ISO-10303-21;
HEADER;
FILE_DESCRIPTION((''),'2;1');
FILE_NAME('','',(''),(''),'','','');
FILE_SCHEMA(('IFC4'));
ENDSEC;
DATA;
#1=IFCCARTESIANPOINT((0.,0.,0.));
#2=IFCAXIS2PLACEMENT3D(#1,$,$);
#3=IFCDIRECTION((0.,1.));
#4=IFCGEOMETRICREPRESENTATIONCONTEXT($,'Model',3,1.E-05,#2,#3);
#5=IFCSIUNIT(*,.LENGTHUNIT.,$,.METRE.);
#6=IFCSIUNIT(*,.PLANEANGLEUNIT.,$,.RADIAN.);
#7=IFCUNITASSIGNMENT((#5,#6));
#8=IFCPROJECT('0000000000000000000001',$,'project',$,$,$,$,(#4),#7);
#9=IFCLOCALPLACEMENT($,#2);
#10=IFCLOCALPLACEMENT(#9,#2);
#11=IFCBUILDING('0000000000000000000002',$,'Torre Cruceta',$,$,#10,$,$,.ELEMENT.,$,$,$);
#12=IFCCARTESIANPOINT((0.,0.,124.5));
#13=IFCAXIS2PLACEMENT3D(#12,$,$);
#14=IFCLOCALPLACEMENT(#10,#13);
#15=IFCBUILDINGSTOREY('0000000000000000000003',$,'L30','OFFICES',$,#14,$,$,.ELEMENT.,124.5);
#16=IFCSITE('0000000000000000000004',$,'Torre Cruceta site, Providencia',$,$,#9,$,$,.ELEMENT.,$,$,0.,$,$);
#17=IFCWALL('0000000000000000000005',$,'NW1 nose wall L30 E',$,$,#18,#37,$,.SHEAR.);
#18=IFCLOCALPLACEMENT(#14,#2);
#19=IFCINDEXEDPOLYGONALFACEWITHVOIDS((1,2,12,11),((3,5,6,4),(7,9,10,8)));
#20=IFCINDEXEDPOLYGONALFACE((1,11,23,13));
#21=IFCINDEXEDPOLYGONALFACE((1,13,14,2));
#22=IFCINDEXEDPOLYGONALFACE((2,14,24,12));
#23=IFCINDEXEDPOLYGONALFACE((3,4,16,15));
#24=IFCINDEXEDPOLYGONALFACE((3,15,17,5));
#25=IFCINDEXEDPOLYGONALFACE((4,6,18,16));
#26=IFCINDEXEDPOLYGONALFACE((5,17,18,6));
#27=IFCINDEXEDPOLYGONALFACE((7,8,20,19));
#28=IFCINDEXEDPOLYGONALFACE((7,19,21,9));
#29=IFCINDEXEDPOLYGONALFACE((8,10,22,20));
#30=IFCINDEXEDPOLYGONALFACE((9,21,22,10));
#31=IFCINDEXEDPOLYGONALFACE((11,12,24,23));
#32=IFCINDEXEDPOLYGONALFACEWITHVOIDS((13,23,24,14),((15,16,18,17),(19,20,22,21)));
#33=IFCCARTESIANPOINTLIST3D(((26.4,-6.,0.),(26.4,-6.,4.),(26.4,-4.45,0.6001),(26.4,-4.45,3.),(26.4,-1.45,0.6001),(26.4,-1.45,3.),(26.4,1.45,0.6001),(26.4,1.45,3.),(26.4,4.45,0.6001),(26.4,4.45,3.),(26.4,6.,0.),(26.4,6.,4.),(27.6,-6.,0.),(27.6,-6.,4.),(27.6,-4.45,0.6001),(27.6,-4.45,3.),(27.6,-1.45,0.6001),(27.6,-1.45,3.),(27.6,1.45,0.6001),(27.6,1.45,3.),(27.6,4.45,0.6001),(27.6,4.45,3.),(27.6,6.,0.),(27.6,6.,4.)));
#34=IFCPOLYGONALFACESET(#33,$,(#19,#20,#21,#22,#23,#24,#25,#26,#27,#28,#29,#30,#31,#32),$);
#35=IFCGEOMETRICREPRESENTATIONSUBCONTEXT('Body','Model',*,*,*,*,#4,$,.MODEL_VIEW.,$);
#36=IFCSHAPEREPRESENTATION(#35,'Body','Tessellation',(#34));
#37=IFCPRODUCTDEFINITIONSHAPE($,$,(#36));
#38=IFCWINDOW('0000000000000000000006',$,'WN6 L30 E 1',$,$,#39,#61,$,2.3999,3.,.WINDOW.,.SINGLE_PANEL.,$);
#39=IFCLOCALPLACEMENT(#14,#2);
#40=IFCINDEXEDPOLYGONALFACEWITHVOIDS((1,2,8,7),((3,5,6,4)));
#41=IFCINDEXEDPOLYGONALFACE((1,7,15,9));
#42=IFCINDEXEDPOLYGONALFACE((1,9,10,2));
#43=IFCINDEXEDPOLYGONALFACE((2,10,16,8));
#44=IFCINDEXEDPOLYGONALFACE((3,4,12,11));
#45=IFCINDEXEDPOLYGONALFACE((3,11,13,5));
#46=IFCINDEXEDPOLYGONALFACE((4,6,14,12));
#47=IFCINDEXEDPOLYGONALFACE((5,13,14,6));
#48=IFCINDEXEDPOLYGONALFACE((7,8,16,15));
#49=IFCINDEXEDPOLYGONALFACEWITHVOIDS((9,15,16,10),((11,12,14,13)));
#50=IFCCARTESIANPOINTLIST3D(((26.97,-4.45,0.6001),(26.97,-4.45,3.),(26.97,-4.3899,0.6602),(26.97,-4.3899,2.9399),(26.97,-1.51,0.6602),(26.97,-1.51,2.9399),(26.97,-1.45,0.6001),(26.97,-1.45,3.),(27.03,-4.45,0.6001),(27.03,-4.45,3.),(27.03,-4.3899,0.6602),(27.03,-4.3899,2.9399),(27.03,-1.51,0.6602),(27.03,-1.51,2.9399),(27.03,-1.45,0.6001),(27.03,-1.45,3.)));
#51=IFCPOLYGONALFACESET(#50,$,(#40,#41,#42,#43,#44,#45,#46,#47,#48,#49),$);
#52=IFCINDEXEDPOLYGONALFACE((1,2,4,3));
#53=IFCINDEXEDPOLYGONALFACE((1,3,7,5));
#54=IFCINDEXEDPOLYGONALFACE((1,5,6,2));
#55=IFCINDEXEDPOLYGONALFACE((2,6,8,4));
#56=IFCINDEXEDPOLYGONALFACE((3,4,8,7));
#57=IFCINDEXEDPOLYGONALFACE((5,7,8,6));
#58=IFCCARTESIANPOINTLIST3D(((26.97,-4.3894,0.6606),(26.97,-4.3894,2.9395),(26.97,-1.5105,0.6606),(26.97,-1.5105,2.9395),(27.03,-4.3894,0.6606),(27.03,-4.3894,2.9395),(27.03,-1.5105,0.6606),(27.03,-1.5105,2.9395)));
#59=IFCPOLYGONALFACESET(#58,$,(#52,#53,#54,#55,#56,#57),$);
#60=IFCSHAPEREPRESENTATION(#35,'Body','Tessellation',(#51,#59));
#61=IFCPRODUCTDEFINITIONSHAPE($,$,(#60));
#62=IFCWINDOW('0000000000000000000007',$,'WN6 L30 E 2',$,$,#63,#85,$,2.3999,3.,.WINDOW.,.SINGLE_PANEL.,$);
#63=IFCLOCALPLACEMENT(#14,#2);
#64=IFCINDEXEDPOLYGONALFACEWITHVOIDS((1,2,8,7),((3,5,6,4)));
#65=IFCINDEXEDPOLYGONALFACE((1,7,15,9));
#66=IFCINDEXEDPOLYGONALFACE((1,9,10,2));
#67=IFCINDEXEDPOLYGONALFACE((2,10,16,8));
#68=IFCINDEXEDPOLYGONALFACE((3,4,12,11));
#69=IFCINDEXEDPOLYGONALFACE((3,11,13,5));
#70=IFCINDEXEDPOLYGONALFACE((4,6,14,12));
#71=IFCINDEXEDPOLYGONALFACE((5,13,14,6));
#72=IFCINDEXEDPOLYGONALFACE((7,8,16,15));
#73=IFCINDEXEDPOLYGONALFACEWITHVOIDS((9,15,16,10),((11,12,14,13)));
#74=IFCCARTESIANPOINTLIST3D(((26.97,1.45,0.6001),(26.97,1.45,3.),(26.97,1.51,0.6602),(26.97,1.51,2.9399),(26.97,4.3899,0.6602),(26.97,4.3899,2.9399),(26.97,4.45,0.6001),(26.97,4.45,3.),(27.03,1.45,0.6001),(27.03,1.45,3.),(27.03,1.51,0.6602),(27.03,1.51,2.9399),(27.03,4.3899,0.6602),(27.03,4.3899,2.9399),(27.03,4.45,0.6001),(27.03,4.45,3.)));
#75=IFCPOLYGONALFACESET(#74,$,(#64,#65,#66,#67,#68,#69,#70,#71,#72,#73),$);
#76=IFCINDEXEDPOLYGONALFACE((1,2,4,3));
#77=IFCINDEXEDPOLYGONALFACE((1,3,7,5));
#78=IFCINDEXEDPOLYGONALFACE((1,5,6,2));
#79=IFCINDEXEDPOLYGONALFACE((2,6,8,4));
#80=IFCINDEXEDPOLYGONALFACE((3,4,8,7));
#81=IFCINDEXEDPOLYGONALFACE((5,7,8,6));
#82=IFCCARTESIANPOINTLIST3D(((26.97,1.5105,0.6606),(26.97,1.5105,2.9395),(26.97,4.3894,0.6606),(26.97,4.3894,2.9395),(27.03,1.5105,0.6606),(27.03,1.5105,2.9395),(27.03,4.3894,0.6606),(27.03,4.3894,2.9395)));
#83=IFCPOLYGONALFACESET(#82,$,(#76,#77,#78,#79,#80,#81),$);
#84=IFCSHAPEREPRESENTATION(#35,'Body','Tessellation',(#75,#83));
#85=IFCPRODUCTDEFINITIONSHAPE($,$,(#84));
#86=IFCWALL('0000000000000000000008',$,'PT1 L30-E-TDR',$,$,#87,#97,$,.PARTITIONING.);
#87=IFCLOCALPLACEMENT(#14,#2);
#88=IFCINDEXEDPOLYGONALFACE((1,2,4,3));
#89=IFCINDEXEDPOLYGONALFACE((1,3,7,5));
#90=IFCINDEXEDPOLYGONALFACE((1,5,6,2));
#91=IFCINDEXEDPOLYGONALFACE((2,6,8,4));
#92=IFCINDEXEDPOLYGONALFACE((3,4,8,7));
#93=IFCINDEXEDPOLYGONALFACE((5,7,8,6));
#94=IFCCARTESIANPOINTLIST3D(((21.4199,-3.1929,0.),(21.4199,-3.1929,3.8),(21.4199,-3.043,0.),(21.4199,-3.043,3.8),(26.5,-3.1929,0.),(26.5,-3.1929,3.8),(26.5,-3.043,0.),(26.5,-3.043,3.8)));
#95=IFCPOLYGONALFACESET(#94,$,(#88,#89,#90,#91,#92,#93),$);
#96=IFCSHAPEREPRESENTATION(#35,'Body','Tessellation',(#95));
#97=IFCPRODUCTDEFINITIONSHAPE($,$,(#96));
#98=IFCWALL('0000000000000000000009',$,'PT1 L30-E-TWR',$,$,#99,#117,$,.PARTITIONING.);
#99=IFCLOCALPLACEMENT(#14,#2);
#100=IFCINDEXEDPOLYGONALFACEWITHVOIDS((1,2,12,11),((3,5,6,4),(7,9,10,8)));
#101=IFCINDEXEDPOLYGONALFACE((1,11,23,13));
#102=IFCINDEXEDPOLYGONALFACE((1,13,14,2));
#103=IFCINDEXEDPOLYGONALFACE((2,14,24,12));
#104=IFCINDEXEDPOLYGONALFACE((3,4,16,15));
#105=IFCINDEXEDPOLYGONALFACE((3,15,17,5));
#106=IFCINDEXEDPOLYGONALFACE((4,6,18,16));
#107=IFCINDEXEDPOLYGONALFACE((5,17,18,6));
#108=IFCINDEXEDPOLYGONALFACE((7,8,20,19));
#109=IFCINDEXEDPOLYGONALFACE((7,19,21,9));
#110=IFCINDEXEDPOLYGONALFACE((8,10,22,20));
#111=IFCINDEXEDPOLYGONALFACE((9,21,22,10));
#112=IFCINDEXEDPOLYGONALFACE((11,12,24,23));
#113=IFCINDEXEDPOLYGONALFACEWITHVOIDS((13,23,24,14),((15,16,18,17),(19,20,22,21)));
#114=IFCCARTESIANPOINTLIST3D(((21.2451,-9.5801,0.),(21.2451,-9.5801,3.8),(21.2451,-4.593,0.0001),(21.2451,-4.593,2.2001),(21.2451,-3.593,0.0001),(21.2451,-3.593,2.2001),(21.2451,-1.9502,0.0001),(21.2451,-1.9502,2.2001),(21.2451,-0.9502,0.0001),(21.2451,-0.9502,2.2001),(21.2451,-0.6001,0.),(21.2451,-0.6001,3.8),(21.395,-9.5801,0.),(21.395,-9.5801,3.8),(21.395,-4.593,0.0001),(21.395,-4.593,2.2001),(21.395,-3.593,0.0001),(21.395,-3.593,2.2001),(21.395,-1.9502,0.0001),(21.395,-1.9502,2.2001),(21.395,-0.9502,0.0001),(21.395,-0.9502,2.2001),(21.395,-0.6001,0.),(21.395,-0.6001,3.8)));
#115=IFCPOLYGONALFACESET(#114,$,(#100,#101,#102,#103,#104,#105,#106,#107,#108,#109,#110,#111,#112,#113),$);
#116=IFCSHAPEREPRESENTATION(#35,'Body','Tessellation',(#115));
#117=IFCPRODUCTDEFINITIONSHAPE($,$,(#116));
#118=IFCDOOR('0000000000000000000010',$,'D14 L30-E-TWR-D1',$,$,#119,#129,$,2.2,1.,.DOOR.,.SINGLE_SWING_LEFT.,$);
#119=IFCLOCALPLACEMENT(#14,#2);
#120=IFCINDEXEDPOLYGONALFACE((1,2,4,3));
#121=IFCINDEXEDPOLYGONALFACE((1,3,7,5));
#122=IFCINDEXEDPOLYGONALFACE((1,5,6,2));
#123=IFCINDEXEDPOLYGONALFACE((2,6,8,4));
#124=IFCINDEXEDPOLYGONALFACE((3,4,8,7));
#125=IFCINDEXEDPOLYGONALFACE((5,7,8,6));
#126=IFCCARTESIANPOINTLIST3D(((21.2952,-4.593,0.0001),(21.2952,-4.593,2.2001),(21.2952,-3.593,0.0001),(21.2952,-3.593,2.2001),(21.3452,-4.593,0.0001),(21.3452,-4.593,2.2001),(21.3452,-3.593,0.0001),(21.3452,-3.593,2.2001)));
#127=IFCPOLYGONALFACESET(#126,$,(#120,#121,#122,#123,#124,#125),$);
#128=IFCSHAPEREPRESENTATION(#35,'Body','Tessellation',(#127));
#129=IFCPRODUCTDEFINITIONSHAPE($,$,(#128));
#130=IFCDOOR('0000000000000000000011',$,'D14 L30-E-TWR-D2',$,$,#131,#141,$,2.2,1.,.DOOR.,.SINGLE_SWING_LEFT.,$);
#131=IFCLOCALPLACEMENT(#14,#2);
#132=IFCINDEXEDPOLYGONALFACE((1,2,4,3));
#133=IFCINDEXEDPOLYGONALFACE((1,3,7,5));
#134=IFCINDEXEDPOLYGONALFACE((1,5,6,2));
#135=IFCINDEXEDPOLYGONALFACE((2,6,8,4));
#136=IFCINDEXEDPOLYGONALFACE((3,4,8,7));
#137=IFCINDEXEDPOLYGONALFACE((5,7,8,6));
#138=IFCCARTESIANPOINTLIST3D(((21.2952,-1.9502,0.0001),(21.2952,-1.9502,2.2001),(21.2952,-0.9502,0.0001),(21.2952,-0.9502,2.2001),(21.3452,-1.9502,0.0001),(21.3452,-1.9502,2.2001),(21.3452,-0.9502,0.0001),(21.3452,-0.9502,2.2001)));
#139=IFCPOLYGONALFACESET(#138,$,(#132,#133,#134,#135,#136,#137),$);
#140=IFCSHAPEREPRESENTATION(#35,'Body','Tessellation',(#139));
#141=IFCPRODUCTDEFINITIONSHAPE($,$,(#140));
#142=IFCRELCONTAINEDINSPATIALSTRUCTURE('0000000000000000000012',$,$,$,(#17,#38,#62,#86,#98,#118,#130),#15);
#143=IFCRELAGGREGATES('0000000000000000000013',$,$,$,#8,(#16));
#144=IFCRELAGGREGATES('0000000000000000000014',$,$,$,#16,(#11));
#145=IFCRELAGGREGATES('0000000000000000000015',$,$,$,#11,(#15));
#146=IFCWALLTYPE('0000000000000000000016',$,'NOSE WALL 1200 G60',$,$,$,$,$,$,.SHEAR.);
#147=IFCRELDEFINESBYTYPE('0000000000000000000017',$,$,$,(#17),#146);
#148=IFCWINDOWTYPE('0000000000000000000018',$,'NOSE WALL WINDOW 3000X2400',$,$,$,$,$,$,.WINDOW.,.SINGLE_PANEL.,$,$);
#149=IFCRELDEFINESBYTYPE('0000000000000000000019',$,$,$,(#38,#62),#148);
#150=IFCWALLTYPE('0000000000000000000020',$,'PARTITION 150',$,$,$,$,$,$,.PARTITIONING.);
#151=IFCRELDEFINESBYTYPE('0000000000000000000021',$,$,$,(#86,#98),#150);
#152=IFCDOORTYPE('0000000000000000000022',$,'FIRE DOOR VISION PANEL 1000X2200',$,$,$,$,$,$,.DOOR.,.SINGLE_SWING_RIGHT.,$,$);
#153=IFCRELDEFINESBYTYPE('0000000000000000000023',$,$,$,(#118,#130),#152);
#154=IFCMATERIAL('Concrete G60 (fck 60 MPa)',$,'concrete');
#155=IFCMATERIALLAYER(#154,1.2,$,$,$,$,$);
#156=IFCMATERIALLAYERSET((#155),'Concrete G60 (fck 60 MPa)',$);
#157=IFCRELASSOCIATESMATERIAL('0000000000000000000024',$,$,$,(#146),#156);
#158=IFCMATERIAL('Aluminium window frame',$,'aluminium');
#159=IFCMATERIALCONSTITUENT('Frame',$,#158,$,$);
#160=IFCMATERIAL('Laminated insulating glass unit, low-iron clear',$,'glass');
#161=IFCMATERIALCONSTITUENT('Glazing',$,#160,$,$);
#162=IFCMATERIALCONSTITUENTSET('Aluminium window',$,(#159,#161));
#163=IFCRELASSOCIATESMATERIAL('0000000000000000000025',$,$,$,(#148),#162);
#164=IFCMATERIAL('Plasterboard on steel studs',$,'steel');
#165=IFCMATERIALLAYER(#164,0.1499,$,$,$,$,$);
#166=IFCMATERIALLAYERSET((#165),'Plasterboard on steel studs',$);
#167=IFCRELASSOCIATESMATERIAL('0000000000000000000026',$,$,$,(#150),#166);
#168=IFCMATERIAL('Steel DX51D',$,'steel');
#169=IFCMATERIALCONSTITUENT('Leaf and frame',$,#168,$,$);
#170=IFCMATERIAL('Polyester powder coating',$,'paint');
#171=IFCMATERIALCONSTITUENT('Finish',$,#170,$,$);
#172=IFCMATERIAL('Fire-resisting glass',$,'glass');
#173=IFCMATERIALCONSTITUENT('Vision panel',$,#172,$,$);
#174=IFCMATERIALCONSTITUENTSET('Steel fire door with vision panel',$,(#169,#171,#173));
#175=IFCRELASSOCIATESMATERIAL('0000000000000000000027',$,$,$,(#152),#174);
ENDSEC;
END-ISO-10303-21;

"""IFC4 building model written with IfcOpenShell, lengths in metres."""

from ifc_helpers import new_model, si_unit, direction, frame, frame_2d, origin, place, context, subcontext, project, spatial, rectangle, hollow_rectangle, extrude, material, layer, layer_set, constituent, constituent_set, type_object, element, fill, save


model = new_model("IFC4")

# Units and contexts
model_context = context("Model", 3, precision=1e-05, world=origin(), true_north=direction((0.0, 1.0)))
body_context = subcontext(model_context, "Body", "Model", "MODEL_VIEW")
ifc_project = project(units=[si_unit("LENGTHUNIT", "METRE"), si_unit("PLANEANGLEUNIT", "RADIAN")], contexts=[model_context])

# Site, building, storey
site_placement = place(None, origin())
site = spatial("IfcSite", under=ifc_project, at=site_placement, Name="Torre Cruceta site, Providencia", CompositionType="ELEMENT", RefElevation=0.0)
building_placement = place(site_placement, origin())
building = spatial("IfcBuilding", under=site, at=building_placement, Name="Torre Cruceta", CompositionType="ELEMENT")
storey_placement = place(building_placement, frame((0.0, 0.0, 124.5)))
storey = spatial("IfcBuildingStorey", under=building, at=storey_placement, Name="L30", Description="OFFICES", CompositionType="ELEMENT", Elevation=124.5)

# Wall, openings, windows
ifc_material_1 = material(Name="Concrete G60 (fck 60 MPa)", Category="concrete")
ifc_layer_1 = layer(ifc_material_1, 1.2)
ifc_layer_set_1 = layer_set([ifc_layer_1], Name="Concrete G60 (fck 60 MPa)")
wall_type_1 = type_object("IfcWallType", Name="NOSE WALL 1200 G60", PredefinedType="SHEAR", material=ifc_layer_set_1)
wall_1_placement = place(storey_placement, frame((27.0, -6.0, 0.0), z_axis=(0.0, 0.0, 1.0), x_axis=(0.0, 1.0, 0.0)))
wall_1 = element("IfcWall", 1, at=wall_1_placement, inside=storey, type_object=wall_type_1, Name="NW1 nose wall L30 E", PredefinedType="SHEAR", context=body_context, shape_type="SweptSolid", body=[
    extrude(rectangle(XDim=12.0, YDim=1.2, at=frame_2d((6.0, 0.0))), origin(), (0.0, 0.0, 1.0), 4.0),
])
opening_1_placement = place(wall_1_placement, frame((1.55, 0.0, 0.6001)))
opening_1 = element("IfcOpeningElement", 2, at=opening_1_placement, cuts=wall_1, PredefinedType="OPENING", context=body_context, shape_type="SweptSolid", body=[
    extrude(rectangle(XDim=3.0, YDim=2.3999, at=frame_2d((1.5, 1.2))), frame((0.0, 0.6099, 0.0), z_axis=(0.0, -1.0, 0.0), x_axis=(1.0, 0.0, 0.0)), (0.0, 0.0, 1.0), 1.22),
])
opening_2_placement = place(wall_1_placement, frame((7.45, 0.0, 0.6001)))
opening_2 = element("IfcOpeningElement", 3, at=opening_2_placement, cuts=wall_1, PredefinedType="OPENING", context=body_context, shape_type="SweptSolid", body=[
    extrude(rectangle(XDim=3.0, YDim=2.3999, at=frame_2d((1.5, 1.2))), frame((0.0, 0.6099, 0.0), z_axis=(0.0, -1.0, 0.0), x_axis=(1.0, 0.0, 0.0)), (0.0, 0.0, 1.0), 1.22),
])
ifc_material_2 = material(Name="Aluminium window frame", Category="aluminium")
ifc_constituent_1 = constituent(ifc_material_2, Name="Frame")
ifc_material_3 = material(Name="Laminated insulating glass unit, low-iron clear", Category="glass")
ifc_constituent_2 = constituent(ifc_material_3, Name="Glazing")
ifc_constituent_set_1 = constituent_set(constituents=[ifc_constituent_1, ifc_constituent_2], Name="Aluminium window")
window_type_1 = type_object("IfcWindowType", Name="NOSE WALL WINDOW 3000X2400", PartitioningType="SINGLE_PANEL", PredefinedType="WINDOW", material=ifc_constituent_set_1)
window_1_placement = place(opening_1_placement, origin())
window_1 = element("IfcWindow", 4, at=window_1_placement, inside=storey, type_object=window_type_1, Name="WN6 L30 E 1", OverallHeight=2.3999, OverallWidth=3.0, PartitioningType="SINGLE_PANEL", PredefinedType="WINDOW", context=body_context, shape_type="SweptSolid", body=[
    extrude(hollow_rectangle(XDim=3.0, YDim=2.3999, WallThickness=0.0601, at=frame_2d((1.5, 1.2))), frame((0.0, 0.03, 0.0), z_axis=(0.0, -1.0, 0.0), x_axis=(1.0, 0.0, 0.0)), (0.0, 0.0, 1.0), 0.0601),
    extrude(rectangle(XDim=2.8789, YDim=2.2788, at=frame_2d((1.5, 1.2))), frame((0.0, 0.03, 0.0), z_axis=(0.0, -1.0, 0.0), x_axis=(1.0, 0.0, 0.0)), (0.0, 0.0, 1.0), 0.0601),
])
fill(opening_1, window_1)
window_2_placement = place(opening_2_placement, origin())
window_2 = element("IfcWindow", 5, at=window_2_placement, inside=storey, type_object=window_type_1, Name="WN6 L30 E 2", OverallHeight=2.3999, OverallWidth=3.0, PartitioningType="SINGLE_PANEL", PredefinedType="WINDOW", context=body_context, shape_type="SweptSolid", body=[
    extrude(hollow_rectangle(XDim=3.0, YDim=2.3999, WallThickness=0.0601, at=frame_2d((1.5, 1.2))), frame((0.0, 0.03, 0.0), z_axis=(0.0, -1.0, 0.0), x_axis=(1.0, 0.0, 0.0)), (0.0, 0.0, 1.0), 0.0601),
    extrude(rectangle(XDim=2.8789, YDim=2.2788, at=frame_2d((1.5, 1.2))), frame((0.0, 0.03, 0.0), z_axis=(0.0, -1.0, 0.0), x_axis=(1.0, 0.0, 0.0)), (0.0, 0.0, 1.0), 0.0601),
])
fill(opening_2, window_2)

# Wall
ifc_material_4 = material(Name="Plasterboard on steel studs", Category="steel")
ifc_layer_2 = layer(ifc_material_4, 0.1499)
ifc_layer_set_2 = layer_set([ifc_layer_2], Name="Plasterboard on steel studs")
wall_type_2 = type_object("IfcWallType", Name="PARTITION 150", PredefinedType="PARTITIONING", material=ifc_layer_set_2)
wall_2_placement = place(storey_placement, frame((21.4199, -3.1179, 0.0), z_axis=(0.0, 0.0, 1.0), x_axis=(1.0, 0.0, 0.0)))
element("IfcWall", 6, at=wall_2_placement, inside=storey, type_object=wall_type_2, Name="PT1 L30-E-TDR", PredefinedType="PARTITIONING", context=body_context, shape_type="SweptSolid", body=[
    extrude(rectangle(XDim=5.0801, YDim=0.1499, at=frame_2d((2.54, 0.0))), origin(), (0.0, 0.0, 1.0), 3.8),
])

# Wall, openings, doors
wall_3_placement = place(storey_placement, frame((21.3201, -9.5801, 0.0), z_axis=(0.0, 0.0, 1.0), x_axis=(0.0, 1.0, 0.0)))
wall_3 = element("IfcWall", 7, at=wall_3_placement, inside=storey, type_object=wall_type_2, Name="PT1 L30-E-TWR", PredefinedType="PARTITIONING", context=body_context, shape_type="SweptSolid", body=[
    extrude(rectangle(XDim=8.98, YDim=0.1499, at=frame_2d((4.49, 0.0))), origin(), (0.0, 0.0, 1.0), 3.8),
])
opening_3_placement = place(wall_3_placement, frame((4.9871, 0.0, 0.0)))
opening_3 = element("IfcOpeningElement", 8, at=opening_3_placement, cuts=wall_3, PredefinedType="OPENING", context=body_context, shape_type="SweptSolid", body=[
    extrude(rectangle(XDim=1.0, YDim=2.2, at=frame_2d((0.5, 1.1001))), frame((0.0, 0.085, 0.0), z_axis=(0.0, -1.0, 0.0), x_axis=(1.0, 0.0, 0.0)), (0.0, 0.0, 1.0), 0.1699),
])
opening_4_placement = place(wall_3_placement, frame((7.6299, 0.0, 0.0)))
opening_4 = element("IfcOpeningElement", 9, at=opening_4_placement, cuts=wall_3, PredefinedType="OPENING", context=body_context, shape_type="SweptSolid", body=[
    extrude(rectangle(XDim=1.0, YDim=2.2, at=frame_2d((0.5, 1.1001))), frame((0.0, 0.085, 0.0), z_axis=(0.0, -1.0, 0.0), x_axis=(1.0, 0.0, 0.0)), (0.0, 0.0, 1.0), 0.1699),
])
ifc_material_5 = material(Name="Steel DX51D", Category="steel")
ifc_constituent_3 = constituent(ifc_material_5, Name="Leaf and frame")
ifc_material_6 = material(Name="Polyester powder coating", Category="paint")
ifc_constituent_4 = constituent(ifc_material_6, Name="Finish")
ifc_material_7 = material(Name="Fire-resisting glass", Category="glass")
ifc_constituent_5 = constituent(ifc_material_7, Name="Vision panel")
ifc_constituent_set_2 = constituent_set(constituents=[ifc_constituent_3, ifc_constituent_4, ifc_constituent_5], Name="Steel fire door with vision panel")
door_type = type_object("IfcDoorType", Name="FIRE DOOR VISION PANEL 1000X2200", OperationType="SINGLE_SWING_RIGHT", PredefinedType="DOOR", material=ifc_constituent_set_2)
door_1_placement = place(opening_3_placement, frame((1.0, 0.0, 0.0), z_axis=(0.0, 0.0, 1.0), x_axis=(-1.0, 0.0, 0.0)))
door_1 = element("IfcDoor", 10, at=door_1_placement, inside=storey, type_object=door_type, Name="D14 L30-E-TWR-D1", OperationType="SINGLE_SWING_LEFT", OverallHeight=2.2, OverallWidth=1.0, PredefinedType="DOOR", context=body_context, shape_type="SweptSolid", body=[
    extrude(rectangle(XDim=1.0, YDim=2.2, at=frame_2d((0.5, 1.1001))), frame((0.0, 0.0251, 0.0), z_axis=(0.0, -1.0, 0.0), x_axis=(1.0, 0.0, 0.0)), (0.0, 0.0, 1.0), 0.05),
])
fill(opening_3, door_1)
door_2_placement = place(opening_4_placement, frame((1.0, 0.0, 0.0), z_axis=(0.0, 0.0, 1.0), x_axis=(-1.0, 0.0, 0.0)))
door_2 = element("IfcDoor", 11, at=door_2_placement, inside=storey, type_object=door_type, Name="D14 L30-E-TWR-D2", OperationType="SINGLE_SWING_LEFT", OverallHeight=2.2, OverallWidth=1.0, PredefinedType="DOOR", context=body_context, shape_type="SweptSolid", body=[
    extrude(rectangle(XDim=1.0, YDim=2.2, at=frame_2d((0.5, 1.1001))), frame((0.0, 0.0251, 0.0), z_axis=(0.0, -1.0, 0.0), x_axis=(1.0, 0.0, 0.0)), (0.0, 0.0, 1.0), 0.05),
])
fill(opening_4, door_2)

save(model, "model.ifc")
